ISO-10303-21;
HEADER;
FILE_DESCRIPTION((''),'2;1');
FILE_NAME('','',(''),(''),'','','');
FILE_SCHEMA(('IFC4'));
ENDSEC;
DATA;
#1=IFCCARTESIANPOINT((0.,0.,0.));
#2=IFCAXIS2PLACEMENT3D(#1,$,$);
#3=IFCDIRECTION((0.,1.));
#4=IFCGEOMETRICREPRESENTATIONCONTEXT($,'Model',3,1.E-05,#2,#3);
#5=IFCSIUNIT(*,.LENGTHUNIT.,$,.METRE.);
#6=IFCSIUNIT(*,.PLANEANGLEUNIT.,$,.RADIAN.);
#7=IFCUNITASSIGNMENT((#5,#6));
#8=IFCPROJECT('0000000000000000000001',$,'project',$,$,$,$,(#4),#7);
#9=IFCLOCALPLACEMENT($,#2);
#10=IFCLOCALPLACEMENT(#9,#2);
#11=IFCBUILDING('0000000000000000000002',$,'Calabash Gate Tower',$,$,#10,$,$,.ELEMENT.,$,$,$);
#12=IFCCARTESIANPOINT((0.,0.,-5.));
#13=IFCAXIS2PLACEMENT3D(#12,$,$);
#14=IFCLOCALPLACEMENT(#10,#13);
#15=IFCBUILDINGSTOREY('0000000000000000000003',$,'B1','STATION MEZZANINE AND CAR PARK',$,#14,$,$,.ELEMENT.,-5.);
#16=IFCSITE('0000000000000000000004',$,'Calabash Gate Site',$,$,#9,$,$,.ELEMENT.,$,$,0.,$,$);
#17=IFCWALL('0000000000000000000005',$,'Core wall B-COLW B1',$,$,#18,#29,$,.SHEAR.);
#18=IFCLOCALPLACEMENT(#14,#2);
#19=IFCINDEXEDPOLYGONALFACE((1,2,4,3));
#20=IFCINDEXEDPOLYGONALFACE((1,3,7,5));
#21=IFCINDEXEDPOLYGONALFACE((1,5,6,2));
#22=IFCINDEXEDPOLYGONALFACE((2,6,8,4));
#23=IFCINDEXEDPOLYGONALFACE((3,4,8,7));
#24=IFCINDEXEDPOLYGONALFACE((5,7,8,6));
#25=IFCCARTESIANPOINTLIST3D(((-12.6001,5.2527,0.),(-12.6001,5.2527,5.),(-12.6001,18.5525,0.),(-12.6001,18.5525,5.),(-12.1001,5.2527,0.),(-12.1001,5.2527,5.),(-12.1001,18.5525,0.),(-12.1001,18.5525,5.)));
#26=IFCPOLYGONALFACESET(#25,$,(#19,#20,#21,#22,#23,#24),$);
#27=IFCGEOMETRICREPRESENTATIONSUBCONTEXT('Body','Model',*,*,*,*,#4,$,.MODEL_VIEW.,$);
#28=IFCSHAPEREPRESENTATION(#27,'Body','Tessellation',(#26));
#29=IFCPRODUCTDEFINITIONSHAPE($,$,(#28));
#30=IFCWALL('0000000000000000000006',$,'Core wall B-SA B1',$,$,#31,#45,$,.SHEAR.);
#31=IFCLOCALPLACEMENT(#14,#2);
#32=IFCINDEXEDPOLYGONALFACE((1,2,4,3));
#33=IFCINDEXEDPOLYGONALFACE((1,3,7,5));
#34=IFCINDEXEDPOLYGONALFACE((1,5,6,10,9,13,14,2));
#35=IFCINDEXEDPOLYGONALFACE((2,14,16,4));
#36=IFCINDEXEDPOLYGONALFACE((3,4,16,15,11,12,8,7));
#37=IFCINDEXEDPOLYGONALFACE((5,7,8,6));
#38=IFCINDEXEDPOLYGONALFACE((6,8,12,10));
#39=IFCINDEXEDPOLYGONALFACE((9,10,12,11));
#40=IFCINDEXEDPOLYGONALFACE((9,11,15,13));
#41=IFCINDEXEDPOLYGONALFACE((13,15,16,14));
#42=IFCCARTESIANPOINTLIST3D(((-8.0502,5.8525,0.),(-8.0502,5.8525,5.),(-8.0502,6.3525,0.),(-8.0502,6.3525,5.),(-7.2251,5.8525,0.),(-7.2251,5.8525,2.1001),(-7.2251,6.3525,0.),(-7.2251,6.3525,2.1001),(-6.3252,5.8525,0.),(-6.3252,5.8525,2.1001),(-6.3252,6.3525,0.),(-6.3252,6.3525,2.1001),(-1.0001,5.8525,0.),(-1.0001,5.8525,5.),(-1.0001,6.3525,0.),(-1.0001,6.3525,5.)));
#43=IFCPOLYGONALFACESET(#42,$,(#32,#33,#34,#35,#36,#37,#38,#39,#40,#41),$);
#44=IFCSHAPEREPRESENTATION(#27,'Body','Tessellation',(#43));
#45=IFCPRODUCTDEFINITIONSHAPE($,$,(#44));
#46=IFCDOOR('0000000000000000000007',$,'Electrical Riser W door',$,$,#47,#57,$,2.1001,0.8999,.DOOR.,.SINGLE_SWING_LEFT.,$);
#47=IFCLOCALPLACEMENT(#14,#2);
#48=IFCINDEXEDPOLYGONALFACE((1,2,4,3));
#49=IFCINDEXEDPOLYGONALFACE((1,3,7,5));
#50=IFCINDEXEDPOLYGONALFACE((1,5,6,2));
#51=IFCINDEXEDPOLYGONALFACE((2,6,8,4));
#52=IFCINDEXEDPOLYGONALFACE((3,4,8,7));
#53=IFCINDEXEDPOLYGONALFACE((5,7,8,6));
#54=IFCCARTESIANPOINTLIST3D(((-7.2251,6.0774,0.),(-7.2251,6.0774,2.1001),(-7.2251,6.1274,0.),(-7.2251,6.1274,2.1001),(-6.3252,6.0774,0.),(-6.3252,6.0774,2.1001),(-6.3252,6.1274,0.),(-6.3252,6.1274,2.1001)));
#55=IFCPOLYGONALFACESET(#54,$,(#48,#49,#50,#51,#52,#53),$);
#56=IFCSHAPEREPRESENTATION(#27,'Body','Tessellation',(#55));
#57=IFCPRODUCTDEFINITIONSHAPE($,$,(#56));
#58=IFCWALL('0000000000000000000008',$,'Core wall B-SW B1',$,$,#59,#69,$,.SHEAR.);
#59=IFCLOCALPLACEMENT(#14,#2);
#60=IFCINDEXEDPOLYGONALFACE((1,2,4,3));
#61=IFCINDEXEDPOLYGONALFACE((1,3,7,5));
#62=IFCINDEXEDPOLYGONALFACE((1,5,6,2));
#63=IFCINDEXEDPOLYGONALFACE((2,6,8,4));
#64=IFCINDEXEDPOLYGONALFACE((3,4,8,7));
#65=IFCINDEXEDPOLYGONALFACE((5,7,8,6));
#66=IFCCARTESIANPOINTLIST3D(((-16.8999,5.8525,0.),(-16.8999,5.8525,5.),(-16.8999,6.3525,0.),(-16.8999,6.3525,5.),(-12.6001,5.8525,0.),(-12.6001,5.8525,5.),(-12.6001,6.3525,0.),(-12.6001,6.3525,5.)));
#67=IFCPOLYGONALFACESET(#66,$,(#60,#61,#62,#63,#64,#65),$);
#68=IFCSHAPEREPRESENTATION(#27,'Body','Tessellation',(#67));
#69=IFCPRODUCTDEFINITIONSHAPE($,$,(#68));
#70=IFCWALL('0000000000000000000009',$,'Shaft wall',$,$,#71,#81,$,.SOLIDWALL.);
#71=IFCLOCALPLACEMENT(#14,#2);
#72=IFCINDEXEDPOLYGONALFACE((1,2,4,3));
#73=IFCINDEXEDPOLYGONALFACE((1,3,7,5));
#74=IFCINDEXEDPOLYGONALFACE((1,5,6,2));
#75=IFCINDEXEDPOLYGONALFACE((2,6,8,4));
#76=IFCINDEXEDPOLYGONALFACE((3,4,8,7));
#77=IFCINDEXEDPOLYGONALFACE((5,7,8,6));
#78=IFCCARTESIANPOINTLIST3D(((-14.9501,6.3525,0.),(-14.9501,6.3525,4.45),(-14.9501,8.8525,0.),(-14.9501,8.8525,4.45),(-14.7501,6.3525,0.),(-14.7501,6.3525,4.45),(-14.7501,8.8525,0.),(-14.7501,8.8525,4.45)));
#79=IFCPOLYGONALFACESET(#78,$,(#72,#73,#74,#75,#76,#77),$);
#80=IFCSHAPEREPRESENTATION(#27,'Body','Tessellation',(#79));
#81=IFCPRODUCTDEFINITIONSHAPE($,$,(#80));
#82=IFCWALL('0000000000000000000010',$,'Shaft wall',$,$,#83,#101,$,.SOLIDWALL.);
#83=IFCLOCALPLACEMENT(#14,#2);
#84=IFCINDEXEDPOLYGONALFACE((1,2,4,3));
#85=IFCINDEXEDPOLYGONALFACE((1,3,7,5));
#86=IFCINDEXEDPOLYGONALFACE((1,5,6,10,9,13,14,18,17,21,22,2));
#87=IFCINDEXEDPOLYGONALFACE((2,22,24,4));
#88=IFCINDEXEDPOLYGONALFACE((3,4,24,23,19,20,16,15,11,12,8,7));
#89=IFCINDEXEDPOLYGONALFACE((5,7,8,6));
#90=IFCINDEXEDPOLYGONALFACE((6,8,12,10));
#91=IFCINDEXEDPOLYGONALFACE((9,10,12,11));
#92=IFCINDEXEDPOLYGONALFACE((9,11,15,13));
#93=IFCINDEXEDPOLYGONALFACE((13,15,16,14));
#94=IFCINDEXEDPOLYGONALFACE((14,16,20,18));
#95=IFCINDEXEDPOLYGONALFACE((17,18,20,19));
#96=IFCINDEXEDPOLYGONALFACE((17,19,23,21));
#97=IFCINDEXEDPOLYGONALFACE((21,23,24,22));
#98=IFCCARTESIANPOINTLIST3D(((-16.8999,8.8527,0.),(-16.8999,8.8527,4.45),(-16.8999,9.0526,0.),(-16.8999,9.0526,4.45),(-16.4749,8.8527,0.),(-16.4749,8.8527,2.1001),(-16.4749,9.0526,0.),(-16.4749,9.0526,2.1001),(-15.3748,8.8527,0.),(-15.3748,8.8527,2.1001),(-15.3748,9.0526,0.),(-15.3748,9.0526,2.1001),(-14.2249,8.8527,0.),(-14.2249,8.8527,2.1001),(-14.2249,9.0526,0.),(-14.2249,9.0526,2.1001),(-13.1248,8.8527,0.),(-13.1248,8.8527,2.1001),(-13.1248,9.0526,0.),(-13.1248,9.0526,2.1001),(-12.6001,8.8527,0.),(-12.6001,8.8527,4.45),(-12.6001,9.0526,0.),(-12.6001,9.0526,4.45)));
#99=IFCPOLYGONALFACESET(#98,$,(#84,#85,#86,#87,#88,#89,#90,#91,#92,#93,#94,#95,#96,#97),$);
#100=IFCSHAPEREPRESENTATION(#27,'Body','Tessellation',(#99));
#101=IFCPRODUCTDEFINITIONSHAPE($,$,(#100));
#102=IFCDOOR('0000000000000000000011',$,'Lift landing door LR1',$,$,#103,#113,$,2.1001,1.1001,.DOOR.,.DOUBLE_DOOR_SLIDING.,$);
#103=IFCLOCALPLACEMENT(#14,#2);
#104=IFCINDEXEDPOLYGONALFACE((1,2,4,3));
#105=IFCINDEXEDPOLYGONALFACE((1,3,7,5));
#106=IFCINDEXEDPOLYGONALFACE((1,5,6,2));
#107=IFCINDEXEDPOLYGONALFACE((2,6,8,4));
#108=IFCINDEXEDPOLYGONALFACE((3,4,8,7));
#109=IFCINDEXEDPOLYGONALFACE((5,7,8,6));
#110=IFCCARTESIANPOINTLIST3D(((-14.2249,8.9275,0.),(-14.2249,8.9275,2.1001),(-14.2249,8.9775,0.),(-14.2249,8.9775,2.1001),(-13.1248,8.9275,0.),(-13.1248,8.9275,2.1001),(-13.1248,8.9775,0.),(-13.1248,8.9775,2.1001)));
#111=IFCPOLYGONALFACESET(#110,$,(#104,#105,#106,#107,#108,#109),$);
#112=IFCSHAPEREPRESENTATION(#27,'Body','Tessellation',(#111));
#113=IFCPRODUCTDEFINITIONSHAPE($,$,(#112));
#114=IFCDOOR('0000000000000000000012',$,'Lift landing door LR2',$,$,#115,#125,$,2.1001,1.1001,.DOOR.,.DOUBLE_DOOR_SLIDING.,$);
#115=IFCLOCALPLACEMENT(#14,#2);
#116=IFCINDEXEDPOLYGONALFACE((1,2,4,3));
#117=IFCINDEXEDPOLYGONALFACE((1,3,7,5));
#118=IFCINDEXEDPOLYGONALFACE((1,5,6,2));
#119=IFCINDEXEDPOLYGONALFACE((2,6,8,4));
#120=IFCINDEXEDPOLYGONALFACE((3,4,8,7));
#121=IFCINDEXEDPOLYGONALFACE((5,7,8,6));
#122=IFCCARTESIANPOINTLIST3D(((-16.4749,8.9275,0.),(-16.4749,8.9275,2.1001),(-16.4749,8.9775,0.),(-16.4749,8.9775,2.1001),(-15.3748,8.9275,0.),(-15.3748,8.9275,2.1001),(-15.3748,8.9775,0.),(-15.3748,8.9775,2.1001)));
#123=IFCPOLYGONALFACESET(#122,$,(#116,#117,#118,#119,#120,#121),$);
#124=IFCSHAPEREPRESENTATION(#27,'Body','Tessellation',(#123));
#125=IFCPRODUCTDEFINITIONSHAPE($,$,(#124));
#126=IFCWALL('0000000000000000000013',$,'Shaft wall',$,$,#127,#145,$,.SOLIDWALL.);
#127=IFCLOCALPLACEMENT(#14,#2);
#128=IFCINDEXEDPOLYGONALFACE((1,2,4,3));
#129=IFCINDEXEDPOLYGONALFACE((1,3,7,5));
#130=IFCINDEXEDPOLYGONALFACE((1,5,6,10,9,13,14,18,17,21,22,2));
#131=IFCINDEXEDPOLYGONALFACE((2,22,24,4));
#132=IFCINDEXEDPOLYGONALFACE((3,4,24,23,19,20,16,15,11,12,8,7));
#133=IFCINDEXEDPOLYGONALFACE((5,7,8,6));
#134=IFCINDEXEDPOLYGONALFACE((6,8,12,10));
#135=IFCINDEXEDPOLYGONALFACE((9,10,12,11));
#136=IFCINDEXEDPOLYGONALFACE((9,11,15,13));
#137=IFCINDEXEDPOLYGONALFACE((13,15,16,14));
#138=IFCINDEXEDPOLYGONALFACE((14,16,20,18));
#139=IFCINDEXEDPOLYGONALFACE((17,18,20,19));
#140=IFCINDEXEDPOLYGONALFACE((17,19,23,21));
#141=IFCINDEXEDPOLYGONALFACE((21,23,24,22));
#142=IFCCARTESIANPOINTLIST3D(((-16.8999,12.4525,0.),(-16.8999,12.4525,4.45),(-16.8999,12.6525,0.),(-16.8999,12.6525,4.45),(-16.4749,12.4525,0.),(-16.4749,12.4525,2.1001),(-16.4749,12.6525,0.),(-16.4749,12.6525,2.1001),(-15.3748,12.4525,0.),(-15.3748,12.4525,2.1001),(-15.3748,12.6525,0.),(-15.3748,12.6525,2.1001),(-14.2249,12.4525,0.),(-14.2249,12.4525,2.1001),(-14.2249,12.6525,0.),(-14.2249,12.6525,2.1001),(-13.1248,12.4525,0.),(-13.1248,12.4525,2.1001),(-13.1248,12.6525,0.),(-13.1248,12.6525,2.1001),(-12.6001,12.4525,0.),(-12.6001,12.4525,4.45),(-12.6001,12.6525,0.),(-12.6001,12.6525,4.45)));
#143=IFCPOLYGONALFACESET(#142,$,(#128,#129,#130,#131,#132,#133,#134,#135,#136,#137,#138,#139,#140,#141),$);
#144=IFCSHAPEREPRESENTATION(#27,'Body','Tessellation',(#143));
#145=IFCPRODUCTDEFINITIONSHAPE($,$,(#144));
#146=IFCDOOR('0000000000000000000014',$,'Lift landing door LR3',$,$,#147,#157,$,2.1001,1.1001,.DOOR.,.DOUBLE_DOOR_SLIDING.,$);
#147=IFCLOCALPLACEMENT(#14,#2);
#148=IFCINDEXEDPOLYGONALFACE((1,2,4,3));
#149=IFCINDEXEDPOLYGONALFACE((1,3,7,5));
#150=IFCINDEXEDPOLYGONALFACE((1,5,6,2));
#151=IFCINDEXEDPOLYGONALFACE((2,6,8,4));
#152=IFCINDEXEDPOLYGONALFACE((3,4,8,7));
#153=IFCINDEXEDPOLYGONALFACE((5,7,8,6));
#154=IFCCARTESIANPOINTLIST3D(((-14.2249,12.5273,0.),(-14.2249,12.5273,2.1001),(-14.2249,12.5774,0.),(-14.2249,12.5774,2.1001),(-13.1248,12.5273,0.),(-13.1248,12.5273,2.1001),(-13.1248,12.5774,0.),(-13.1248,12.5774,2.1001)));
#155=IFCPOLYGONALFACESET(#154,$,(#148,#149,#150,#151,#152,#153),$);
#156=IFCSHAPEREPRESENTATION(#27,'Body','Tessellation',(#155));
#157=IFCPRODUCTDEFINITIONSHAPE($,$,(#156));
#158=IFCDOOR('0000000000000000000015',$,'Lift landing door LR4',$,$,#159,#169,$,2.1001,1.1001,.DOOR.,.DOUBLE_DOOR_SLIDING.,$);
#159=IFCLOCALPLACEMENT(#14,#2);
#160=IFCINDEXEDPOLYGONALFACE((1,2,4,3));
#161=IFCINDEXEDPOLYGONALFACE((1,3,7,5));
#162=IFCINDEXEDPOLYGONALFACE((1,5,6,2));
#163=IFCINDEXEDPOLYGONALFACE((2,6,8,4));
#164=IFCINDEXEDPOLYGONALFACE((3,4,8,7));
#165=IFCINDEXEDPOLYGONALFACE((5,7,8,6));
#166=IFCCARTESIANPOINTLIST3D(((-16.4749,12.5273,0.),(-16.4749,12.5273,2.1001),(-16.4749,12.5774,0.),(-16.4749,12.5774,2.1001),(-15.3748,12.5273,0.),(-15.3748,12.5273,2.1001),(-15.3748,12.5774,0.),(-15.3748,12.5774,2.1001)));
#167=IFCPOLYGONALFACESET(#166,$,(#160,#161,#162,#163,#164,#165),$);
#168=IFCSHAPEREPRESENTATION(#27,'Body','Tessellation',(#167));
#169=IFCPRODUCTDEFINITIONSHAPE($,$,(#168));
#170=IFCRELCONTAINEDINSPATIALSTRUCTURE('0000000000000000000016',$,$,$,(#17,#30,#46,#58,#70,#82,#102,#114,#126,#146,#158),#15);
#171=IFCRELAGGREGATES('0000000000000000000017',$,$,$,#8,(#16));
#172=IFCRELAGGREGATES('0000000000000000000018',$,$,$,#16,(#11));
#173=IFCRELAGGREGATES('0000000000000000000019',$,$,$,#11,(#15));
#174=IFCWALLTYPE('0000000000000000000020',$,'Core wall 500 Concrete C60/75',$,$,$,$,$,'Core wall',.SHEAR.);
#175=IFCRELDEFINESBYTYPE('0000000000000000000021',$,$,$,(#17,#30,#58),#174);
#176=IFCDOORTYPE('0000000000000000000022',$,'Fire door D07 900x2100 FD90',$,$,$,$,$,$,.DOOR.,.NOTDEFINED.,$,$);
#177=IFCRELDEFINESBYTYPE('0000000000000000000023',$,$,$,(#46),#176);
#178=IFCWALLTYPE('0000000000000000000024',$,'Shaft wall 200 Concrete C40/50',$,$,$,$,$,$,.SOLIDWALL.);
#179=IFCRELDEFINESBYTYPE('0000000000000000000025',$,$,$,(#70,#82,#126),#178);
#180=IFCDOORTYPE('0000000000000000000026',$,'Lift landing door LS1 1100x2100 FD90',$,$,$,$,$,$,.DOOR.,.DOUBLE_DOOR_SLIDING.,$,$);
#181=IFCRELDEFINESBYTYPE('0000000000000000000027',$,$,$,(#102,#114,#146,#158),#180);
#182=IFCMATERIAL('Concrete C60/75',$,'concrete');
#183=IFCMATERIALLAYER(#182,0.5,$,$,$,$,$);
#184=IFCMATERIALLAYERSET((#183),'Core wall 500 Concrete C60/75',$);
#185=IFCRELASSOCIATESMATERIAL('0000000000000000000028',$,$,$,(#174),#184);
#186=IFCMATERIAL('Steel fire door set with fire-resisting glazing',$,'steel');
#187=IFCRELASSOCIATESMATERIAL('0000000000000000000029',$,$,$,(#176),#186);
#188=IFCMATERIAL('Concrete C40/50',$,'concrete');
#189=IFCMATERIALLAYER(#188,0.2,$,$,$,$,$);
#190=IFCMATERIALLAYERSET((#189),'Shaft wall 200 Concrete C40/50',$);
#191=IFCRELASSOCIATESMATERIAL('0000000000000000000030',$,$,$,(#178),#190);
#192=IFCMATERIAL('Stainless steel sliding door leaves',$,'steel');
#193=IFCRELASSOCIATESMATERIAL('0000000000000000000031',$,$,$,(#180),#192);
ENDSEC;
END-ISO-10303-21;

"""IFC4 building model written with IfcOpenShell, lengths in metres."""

from ifc_helpers import new_model, si_unit, direction, frame, frame_2d, origin, place, context, subcontext, project, spatial, rectangle, extrude, material, layer, layer_set, type_object, element, fill, save


model = new_model("IFC4")

# Units and contexts
model_context = context("Model", 3, precision=1e-05, world=origin(), true_north=direction((0.0, 1.0)))
body_context = subcontext(model_context, "Body", "Model", "MODEL_VIEW")
ifc_project = project(units=[si_unit("LENGTHUNIT", "METRE"), si_unit("PLANEANGLEUNIT", "RADIAN")], contexts=[model_context])

# Site, building, storey
site_placement = place(None, origin())
site = spatial("IfcSite", under=ifc_project, at=site_placement, Name="Calabash Gate Site", CompositionType="ELEMENT", RefElevation=0.0)
building_placement = place(site_placement, origin())
building = spatial("IfcBuilding", under=site, at=building_placement, Name="Calabash Gate Tower", CompositionType="ELEMENT")
storey_placement = place(building_placement, frame((0.0, 0.0, -5.0)))
storey = spatial("IfcBuildingStorey", under=building, at=storey_placement, Name="B1", Description="STATION MEZZANINE AND CAR PARK", CompositionType="ELEMENT", Elevation=-5.0)

# Wall
ifc_material_1 = material(Name="Concrete C60/75", Category="concrete")
ifc_layer_1 = layer(ifc_material_1, 0.5)
ifc_layer_set_1 = layer_set([ifc_layer_1], Name="Core wall 500 Concrete C60/75")
wall_type_1 = type_object("IfcWallType", Name="Core wall 500 Concrete C60/75", ElementType="Core wall", PredefinedType="SHEAR", material=ifc_layer_set_1)
wall_1_placement = place(storey_placement, frame((-12.3501, 5.2527, 0.0), z_axis=(0.0, 0.0, 1.0), x_axis=(0.0, 1.0, 0.0)))
element("IfcWall", 1, at=wall_1_placement, inside=storey, type_object=wall_type_1, Name="Core wall B-COLW B1", PredefinedType="SHEAR", context=body_context, shape_type="SweptSolid", body=[
    extrude(rectangle(XDim=13.2998, YDim=0.5, at=frame_2d((6.6499, 0.0))), origin(), (0.0, 0.0, 1.0), 5.0),
])

# Wall, opening, door
wall_2_placement = place(storey_placement, frame((-8.05, 6.1025, 0.0), z_axis=(0.0, 0.0, 1.0), x_axis=(1.0, 0.0, 0.0)))
wall_2 = element("IfcWall", 2, at=wall_2_placement, inside=storey, type_object=wall_type_1, Name="Core wall B-SA B1", PredefinedType="SHEAR", context=body_context, shape_type="SweptSolid", body=[
    extrude(rectangle(XDim=7.05, YDim=0.5, at=frame_2d((3.5249, 0.0))), origin(), (0.0, 0.0, 1.0), 5.0),
])
opening_1_placement = place(wall_2_placement, frame((0.825, 0.0, 0.0)))
opening_1 = element("IfcOpeningElement", 3, at=opening_1_placement, cuts=wall_2, PredefinedType="OPENING", context=body_context, shape_type="SweptSolid", body=[
    extrude(rectangle(XDim=0.8999, YDim=2.1001, at=frame_2d((0.45, 1.05))), frame((0.0, 0.26, 0.0), z_axis=(0.0, -1.0, 0.0), x_axis=(1.0, 0.0, 0.0)), (0.0, 0.0, 1.0), 0.52),
])
ifc_material_2 = material(Name="Steel fire door set with fire-resisting glazing", Category="steel")
door_type_1 = type_object("IfcDoorType", Name="Fire door D07 900x2100 FD90", OperationType="NOTDEFINED", PredefinedType="DOOR", material=ifc_material_2)
door_1_placement = place(opening_1_placement, origin())
door_1 = element("IfcDoor", 4, at=door_1_placement, inside=storey, type_object=door_type_1, Name="Electrical Riser W door", OperationType="SINGLE_SWING_LEFT", OverallHeight=2.1001, OverallWidth=0.8999, PredefinedType="DOOR", context=body_context, shape_type="SweptSolid", body=[
    extrude(rectangle(XDim=0.8999, YDim=2.1001, at=frame_2d((0.45, 1.05))), frame((0.0, 0.0249, 0.0), z_axis=(0.0, -1.0, 0.0), x_axis=(1.0, 0.0, 0.0)), (0.0, 0.0, 1.0), 0.05),
])
fill(opening_1, door_1)

# Walls
wall_3_placement = place(storey_placement, frame((-12.6001, 6.1025, 0.0), z_axis=(0.0, 0.0, 1.0), x_axis=(-1.0, 0.0, 0.0)))
element("IfcWall", 5, at=wall_3_placement, inside=storey, type_object=wall_type_1, Name="Core wall B-SW B1", PredefinedType="SHEAR", context=body_context, shape_type="SweptSolid", body=[
    extrude(rectangle(XDim=4.2998, YDim=0.5, at=frame_2d((2.1499, 0.0))), origin(), (0.0, 0.0, 1.0), 5.0),
])
ifc_material_3 = material(Name="Concrete C40/50", Category="concrete")
ifc_layer_2 = layer(ifc_material_3, 0.2)
ifc_layer_set_2 = layer_set([ifc_layer_2], Name="Shaft wall 200 Concrete C40/50")
wall_type_2 = type_object("IfcWallType", Name="Shaft wall 200 Concrete C40/50", PredefinedType="SOLIDWALL", material=ifc_layer_set_2)
wall_4_placement = place(storey_placement, frame((-14.8501, 6.3525, 0.0), z_axis=(0.0, 0.0, 1.0), x_axis=(0.0, 1.0, 0.0)))
element("IfcWall", 6, at=wall_4_placement, inside=storey, type_object=wall_type_2, Name="Shaft wall", PredefinedType="SOLIDWALL", context=body_context, shape_type="SweptSolid", body=[
    extrude(rectangle(XDim=2.5, YDim=0.2, at=frame_2d((1.25, 0.0))), origin(), (0.0, 0.0, 1.0), 4.45),
])

# Walls, openings, doors
wall_5_placement = place(storey_placement, frame((-16.8999, 8.9526, 0.0), z_axis=(0.0, 0.0, 1.0), x_axis=(1.0, 0.0, 0.0)))
wall_5 = element("IfcWall", 7, at=wall_5_placement, inside=storey, type_object=wall_type_2, Name="Shaft wall", PredefinedType="SOLIDWALL", context=body_context, shape_type="SweptSolid", body=[
    extrude(rectangle(XDim=4.2998, YDim=0.2, at=frame_2d((2.1499, 0.0))), origin(), (0.0, 0.0, 1.0), 4.45),
])
opening_2_placement = place(wall_5_placement, frame((2.675, 0.0, 0.0)))
opening_2 = element("IfcOpeningElement", 8, at=opening_2_placement, cuts=wall_5, PredefinedType="OPENING", context=body_context, shape_type="SweptSolid", body=[
    extrude(rectangle(XDim=1.1001, YDim=2.1001, at=frame_2d((0.55, 1.05))), frame((0.0, 0.1099, 0.0), z_axis=(0.0, -1.0, 0.0), x_axis=(1.0, 0.0, 0.0)), (0.0, 0.0, 1.0), 0.22),
])
opening_3_placement = place(wall_5_placement, frame((0.425, 0.0, 0.0)))
opening_3 = element("IfcOpeningElement", 9, at=opening_3_placement, cuts=wall_5, PredefinedType="OPENING", context=body_context, shape_type="SweptSolid", body=[
    extrude(rectangle(XDim=1.1001, YDim=2.1001, at=frame_2d((0.55, 1.05))), frame((0.0, 0.1099, 0.0), z_axis=(0.0, -1.0, 0.0), x_axis=(1.0, 0.0, 0.0)), (0.0, 0.0, 1.0), 0.22),
])
ifc_material_4 = material(Name="Stainless steel sliding door leaves", Category="steel")
door_type_2 = type_object("IfcDoorType", Name="Lift landing door LS1 1100x2100 FD90", OperationType="DOUBLE_DOOR_SLIDING", PredefinedType="DOOR", material=ifc_material_4)
door_2_placement = place(opening_2_placement, origin())
door_2 = element("IfcDoor", 10, at=door_2_placement, inside=storey, type_object=door_type_2, Name="Lift landing door LR1", OperationType="DOUBLE_DOOR_SLIDING", OverallHeight=2.1001, OverallWidth=1.1001, PredefinedType="DOOR", context=body_context, shape_type="SweptSolid", body=[
    extrude(rectangle(XDim=1.1001, YDim=2.1001, at=frame_2d((0.55, 1.05))), frame((0.0, 0.0249, 0.0), z_axis=(0.0, -1.0, 0.0), x_axis=(1.0, 0.0, 0.0)), (0.0, 0.0, 1.0), 0.05),
])
fill(opening_2, door_2)
door_3_placement = place(opening_3_placement, origin())
door_3 = element("IfcDoor", 11, at=door_3_placement, inside=storey, type_object=door_type_2, Name="Lift landing door LR2", OperationType="DOUBLE_DOOR_SLIDING", OverallHeight=2.1001, OverallWidth=1.1001, PredefinedType="DOOR", context=body_context, shape_type="SweptSolid", body=[
    extrude(rectangle(XDim=1.1001, YDim=2.1001, at=frame_2d((0.55, 1.05))), frame((0.0, 0.0249, 0.0), z_axis=(0.0, -1.0, 0.0), x_axis=(1.0, 0.0, 0.0)), (0.0, 0.0, 1.0), 0.05),
])
fill(opening_3, door_3)
wall_6_placement = place(storey_placement, frame((-16.8999, 12.5525, 0.0), z_axis=(0.0, 0.0, 1.0), x_axis=(1.0, 0.0, 0.0)))
wall_6 = element("IfcWall", 12, at=wall_6_placement, inside=storey, type_object=wall_type_2, Name="Shaft wall", PredefinedType="SOLIDWALL", context=body_context, shape_type="SweptSolid", body=[
    extrude(rectangle(XDim=4.2998, YDim=0.2, at=frame_2d((2.1499, 0.0))), origin(), (0.0, 0.0, 1.0), 4.45),
])
opening_4_placement = place(wall_6_placement, frame((2.675, 0.0, 0.0)))
opening_4 = element("IfcOpeningElement", 13, at=opening_4_placement, cuts=wall_6, PredefinedType="OPENING", context=body_context, shape_type="SweptSolid", body=[
    extrude(rectangle(XDim=1.1001, YDim=2.1001, at=frame_2d((0.55, 1.05))), frame((0.0, 0.1099, 0.0), z_axis=(0.0, -1.0, 0.0), x_axis=(1.0, 0.0, 0.0)), (0.0, 0.0, 1.0), 0.22),
])
opening_5_placement = place(wall_6_placement, frame((0.425, 0.0, 0.0)))
opening_5 = element("IfcOpeningElement", 14, at=opening_5_placement, cuts=wall_6, PredefinedType="OPENING", context=body_context, shape_type="SweptSolid", body=[
    extrude(rectangle(XDim=1.1001, YDim=2.1001, at=frame_2d((0.55, 1.05))), frame((0.0, 0.1099, 0.0), z_axis=(0.0, -1.0, 0.0), x_axis=(1.0, 0.0, 0.0)), (0.0, 0.0, 1.0), 0.22),
])
door_4_placement = place(opening_4_placement, origin())
door_4 = element("IfcDoor", 15, at=door_4_placement, inside=storey, type_object=door_type_2, Name="Lift landing door LR3", OperationType="DOUBLE_DOOR_SLIDING", OverallHeight=2.1001, OverallWidth=1.1001, PredefinedType="DOOR", context=body_context, shape_type="SweptSolid", body=[
    extrude(rectangle(XDim=1.1001, YDim=2.1001, at=frame_2d((0.55, 1.05))), frame((0.0, 0.0249, 0.0), z_axis=(0.0, -1.0, 0.0), x_axis=(1.0, 0.0, 0.0)), (0.0, 0.0, 1.0), 0.05),
])
fill(opening_4, door_4)
door_5_placement = place(opening_5_placement, origin())
door_5 = element("IfcDoor", 16, at=door_5_placement, inside=storey, type_object=door_type_2, Name="Lift landing door LR4", OperationType="DOUBLE_DOOR_SLIDING", OverallHeight=2.1001, OverallWidth=1.1001, PredefinedType="DOOR", context=body_context, shape_type="SweptSolid", body=[
    extrude(rectangle(XDim=1.1001, YDim=2.1001, at=frame_2d((0.55, 1.05))), frame((0.0, 0.0249, 0.0), z_axis=(0.0, -1.0, 0.0), x_axis=(1.0, 0.0, 0.0)), (0.0, 0.0, 1.0), 0.05),
])
fill(opening_5, door_5)

save(model, "model.ifc")
